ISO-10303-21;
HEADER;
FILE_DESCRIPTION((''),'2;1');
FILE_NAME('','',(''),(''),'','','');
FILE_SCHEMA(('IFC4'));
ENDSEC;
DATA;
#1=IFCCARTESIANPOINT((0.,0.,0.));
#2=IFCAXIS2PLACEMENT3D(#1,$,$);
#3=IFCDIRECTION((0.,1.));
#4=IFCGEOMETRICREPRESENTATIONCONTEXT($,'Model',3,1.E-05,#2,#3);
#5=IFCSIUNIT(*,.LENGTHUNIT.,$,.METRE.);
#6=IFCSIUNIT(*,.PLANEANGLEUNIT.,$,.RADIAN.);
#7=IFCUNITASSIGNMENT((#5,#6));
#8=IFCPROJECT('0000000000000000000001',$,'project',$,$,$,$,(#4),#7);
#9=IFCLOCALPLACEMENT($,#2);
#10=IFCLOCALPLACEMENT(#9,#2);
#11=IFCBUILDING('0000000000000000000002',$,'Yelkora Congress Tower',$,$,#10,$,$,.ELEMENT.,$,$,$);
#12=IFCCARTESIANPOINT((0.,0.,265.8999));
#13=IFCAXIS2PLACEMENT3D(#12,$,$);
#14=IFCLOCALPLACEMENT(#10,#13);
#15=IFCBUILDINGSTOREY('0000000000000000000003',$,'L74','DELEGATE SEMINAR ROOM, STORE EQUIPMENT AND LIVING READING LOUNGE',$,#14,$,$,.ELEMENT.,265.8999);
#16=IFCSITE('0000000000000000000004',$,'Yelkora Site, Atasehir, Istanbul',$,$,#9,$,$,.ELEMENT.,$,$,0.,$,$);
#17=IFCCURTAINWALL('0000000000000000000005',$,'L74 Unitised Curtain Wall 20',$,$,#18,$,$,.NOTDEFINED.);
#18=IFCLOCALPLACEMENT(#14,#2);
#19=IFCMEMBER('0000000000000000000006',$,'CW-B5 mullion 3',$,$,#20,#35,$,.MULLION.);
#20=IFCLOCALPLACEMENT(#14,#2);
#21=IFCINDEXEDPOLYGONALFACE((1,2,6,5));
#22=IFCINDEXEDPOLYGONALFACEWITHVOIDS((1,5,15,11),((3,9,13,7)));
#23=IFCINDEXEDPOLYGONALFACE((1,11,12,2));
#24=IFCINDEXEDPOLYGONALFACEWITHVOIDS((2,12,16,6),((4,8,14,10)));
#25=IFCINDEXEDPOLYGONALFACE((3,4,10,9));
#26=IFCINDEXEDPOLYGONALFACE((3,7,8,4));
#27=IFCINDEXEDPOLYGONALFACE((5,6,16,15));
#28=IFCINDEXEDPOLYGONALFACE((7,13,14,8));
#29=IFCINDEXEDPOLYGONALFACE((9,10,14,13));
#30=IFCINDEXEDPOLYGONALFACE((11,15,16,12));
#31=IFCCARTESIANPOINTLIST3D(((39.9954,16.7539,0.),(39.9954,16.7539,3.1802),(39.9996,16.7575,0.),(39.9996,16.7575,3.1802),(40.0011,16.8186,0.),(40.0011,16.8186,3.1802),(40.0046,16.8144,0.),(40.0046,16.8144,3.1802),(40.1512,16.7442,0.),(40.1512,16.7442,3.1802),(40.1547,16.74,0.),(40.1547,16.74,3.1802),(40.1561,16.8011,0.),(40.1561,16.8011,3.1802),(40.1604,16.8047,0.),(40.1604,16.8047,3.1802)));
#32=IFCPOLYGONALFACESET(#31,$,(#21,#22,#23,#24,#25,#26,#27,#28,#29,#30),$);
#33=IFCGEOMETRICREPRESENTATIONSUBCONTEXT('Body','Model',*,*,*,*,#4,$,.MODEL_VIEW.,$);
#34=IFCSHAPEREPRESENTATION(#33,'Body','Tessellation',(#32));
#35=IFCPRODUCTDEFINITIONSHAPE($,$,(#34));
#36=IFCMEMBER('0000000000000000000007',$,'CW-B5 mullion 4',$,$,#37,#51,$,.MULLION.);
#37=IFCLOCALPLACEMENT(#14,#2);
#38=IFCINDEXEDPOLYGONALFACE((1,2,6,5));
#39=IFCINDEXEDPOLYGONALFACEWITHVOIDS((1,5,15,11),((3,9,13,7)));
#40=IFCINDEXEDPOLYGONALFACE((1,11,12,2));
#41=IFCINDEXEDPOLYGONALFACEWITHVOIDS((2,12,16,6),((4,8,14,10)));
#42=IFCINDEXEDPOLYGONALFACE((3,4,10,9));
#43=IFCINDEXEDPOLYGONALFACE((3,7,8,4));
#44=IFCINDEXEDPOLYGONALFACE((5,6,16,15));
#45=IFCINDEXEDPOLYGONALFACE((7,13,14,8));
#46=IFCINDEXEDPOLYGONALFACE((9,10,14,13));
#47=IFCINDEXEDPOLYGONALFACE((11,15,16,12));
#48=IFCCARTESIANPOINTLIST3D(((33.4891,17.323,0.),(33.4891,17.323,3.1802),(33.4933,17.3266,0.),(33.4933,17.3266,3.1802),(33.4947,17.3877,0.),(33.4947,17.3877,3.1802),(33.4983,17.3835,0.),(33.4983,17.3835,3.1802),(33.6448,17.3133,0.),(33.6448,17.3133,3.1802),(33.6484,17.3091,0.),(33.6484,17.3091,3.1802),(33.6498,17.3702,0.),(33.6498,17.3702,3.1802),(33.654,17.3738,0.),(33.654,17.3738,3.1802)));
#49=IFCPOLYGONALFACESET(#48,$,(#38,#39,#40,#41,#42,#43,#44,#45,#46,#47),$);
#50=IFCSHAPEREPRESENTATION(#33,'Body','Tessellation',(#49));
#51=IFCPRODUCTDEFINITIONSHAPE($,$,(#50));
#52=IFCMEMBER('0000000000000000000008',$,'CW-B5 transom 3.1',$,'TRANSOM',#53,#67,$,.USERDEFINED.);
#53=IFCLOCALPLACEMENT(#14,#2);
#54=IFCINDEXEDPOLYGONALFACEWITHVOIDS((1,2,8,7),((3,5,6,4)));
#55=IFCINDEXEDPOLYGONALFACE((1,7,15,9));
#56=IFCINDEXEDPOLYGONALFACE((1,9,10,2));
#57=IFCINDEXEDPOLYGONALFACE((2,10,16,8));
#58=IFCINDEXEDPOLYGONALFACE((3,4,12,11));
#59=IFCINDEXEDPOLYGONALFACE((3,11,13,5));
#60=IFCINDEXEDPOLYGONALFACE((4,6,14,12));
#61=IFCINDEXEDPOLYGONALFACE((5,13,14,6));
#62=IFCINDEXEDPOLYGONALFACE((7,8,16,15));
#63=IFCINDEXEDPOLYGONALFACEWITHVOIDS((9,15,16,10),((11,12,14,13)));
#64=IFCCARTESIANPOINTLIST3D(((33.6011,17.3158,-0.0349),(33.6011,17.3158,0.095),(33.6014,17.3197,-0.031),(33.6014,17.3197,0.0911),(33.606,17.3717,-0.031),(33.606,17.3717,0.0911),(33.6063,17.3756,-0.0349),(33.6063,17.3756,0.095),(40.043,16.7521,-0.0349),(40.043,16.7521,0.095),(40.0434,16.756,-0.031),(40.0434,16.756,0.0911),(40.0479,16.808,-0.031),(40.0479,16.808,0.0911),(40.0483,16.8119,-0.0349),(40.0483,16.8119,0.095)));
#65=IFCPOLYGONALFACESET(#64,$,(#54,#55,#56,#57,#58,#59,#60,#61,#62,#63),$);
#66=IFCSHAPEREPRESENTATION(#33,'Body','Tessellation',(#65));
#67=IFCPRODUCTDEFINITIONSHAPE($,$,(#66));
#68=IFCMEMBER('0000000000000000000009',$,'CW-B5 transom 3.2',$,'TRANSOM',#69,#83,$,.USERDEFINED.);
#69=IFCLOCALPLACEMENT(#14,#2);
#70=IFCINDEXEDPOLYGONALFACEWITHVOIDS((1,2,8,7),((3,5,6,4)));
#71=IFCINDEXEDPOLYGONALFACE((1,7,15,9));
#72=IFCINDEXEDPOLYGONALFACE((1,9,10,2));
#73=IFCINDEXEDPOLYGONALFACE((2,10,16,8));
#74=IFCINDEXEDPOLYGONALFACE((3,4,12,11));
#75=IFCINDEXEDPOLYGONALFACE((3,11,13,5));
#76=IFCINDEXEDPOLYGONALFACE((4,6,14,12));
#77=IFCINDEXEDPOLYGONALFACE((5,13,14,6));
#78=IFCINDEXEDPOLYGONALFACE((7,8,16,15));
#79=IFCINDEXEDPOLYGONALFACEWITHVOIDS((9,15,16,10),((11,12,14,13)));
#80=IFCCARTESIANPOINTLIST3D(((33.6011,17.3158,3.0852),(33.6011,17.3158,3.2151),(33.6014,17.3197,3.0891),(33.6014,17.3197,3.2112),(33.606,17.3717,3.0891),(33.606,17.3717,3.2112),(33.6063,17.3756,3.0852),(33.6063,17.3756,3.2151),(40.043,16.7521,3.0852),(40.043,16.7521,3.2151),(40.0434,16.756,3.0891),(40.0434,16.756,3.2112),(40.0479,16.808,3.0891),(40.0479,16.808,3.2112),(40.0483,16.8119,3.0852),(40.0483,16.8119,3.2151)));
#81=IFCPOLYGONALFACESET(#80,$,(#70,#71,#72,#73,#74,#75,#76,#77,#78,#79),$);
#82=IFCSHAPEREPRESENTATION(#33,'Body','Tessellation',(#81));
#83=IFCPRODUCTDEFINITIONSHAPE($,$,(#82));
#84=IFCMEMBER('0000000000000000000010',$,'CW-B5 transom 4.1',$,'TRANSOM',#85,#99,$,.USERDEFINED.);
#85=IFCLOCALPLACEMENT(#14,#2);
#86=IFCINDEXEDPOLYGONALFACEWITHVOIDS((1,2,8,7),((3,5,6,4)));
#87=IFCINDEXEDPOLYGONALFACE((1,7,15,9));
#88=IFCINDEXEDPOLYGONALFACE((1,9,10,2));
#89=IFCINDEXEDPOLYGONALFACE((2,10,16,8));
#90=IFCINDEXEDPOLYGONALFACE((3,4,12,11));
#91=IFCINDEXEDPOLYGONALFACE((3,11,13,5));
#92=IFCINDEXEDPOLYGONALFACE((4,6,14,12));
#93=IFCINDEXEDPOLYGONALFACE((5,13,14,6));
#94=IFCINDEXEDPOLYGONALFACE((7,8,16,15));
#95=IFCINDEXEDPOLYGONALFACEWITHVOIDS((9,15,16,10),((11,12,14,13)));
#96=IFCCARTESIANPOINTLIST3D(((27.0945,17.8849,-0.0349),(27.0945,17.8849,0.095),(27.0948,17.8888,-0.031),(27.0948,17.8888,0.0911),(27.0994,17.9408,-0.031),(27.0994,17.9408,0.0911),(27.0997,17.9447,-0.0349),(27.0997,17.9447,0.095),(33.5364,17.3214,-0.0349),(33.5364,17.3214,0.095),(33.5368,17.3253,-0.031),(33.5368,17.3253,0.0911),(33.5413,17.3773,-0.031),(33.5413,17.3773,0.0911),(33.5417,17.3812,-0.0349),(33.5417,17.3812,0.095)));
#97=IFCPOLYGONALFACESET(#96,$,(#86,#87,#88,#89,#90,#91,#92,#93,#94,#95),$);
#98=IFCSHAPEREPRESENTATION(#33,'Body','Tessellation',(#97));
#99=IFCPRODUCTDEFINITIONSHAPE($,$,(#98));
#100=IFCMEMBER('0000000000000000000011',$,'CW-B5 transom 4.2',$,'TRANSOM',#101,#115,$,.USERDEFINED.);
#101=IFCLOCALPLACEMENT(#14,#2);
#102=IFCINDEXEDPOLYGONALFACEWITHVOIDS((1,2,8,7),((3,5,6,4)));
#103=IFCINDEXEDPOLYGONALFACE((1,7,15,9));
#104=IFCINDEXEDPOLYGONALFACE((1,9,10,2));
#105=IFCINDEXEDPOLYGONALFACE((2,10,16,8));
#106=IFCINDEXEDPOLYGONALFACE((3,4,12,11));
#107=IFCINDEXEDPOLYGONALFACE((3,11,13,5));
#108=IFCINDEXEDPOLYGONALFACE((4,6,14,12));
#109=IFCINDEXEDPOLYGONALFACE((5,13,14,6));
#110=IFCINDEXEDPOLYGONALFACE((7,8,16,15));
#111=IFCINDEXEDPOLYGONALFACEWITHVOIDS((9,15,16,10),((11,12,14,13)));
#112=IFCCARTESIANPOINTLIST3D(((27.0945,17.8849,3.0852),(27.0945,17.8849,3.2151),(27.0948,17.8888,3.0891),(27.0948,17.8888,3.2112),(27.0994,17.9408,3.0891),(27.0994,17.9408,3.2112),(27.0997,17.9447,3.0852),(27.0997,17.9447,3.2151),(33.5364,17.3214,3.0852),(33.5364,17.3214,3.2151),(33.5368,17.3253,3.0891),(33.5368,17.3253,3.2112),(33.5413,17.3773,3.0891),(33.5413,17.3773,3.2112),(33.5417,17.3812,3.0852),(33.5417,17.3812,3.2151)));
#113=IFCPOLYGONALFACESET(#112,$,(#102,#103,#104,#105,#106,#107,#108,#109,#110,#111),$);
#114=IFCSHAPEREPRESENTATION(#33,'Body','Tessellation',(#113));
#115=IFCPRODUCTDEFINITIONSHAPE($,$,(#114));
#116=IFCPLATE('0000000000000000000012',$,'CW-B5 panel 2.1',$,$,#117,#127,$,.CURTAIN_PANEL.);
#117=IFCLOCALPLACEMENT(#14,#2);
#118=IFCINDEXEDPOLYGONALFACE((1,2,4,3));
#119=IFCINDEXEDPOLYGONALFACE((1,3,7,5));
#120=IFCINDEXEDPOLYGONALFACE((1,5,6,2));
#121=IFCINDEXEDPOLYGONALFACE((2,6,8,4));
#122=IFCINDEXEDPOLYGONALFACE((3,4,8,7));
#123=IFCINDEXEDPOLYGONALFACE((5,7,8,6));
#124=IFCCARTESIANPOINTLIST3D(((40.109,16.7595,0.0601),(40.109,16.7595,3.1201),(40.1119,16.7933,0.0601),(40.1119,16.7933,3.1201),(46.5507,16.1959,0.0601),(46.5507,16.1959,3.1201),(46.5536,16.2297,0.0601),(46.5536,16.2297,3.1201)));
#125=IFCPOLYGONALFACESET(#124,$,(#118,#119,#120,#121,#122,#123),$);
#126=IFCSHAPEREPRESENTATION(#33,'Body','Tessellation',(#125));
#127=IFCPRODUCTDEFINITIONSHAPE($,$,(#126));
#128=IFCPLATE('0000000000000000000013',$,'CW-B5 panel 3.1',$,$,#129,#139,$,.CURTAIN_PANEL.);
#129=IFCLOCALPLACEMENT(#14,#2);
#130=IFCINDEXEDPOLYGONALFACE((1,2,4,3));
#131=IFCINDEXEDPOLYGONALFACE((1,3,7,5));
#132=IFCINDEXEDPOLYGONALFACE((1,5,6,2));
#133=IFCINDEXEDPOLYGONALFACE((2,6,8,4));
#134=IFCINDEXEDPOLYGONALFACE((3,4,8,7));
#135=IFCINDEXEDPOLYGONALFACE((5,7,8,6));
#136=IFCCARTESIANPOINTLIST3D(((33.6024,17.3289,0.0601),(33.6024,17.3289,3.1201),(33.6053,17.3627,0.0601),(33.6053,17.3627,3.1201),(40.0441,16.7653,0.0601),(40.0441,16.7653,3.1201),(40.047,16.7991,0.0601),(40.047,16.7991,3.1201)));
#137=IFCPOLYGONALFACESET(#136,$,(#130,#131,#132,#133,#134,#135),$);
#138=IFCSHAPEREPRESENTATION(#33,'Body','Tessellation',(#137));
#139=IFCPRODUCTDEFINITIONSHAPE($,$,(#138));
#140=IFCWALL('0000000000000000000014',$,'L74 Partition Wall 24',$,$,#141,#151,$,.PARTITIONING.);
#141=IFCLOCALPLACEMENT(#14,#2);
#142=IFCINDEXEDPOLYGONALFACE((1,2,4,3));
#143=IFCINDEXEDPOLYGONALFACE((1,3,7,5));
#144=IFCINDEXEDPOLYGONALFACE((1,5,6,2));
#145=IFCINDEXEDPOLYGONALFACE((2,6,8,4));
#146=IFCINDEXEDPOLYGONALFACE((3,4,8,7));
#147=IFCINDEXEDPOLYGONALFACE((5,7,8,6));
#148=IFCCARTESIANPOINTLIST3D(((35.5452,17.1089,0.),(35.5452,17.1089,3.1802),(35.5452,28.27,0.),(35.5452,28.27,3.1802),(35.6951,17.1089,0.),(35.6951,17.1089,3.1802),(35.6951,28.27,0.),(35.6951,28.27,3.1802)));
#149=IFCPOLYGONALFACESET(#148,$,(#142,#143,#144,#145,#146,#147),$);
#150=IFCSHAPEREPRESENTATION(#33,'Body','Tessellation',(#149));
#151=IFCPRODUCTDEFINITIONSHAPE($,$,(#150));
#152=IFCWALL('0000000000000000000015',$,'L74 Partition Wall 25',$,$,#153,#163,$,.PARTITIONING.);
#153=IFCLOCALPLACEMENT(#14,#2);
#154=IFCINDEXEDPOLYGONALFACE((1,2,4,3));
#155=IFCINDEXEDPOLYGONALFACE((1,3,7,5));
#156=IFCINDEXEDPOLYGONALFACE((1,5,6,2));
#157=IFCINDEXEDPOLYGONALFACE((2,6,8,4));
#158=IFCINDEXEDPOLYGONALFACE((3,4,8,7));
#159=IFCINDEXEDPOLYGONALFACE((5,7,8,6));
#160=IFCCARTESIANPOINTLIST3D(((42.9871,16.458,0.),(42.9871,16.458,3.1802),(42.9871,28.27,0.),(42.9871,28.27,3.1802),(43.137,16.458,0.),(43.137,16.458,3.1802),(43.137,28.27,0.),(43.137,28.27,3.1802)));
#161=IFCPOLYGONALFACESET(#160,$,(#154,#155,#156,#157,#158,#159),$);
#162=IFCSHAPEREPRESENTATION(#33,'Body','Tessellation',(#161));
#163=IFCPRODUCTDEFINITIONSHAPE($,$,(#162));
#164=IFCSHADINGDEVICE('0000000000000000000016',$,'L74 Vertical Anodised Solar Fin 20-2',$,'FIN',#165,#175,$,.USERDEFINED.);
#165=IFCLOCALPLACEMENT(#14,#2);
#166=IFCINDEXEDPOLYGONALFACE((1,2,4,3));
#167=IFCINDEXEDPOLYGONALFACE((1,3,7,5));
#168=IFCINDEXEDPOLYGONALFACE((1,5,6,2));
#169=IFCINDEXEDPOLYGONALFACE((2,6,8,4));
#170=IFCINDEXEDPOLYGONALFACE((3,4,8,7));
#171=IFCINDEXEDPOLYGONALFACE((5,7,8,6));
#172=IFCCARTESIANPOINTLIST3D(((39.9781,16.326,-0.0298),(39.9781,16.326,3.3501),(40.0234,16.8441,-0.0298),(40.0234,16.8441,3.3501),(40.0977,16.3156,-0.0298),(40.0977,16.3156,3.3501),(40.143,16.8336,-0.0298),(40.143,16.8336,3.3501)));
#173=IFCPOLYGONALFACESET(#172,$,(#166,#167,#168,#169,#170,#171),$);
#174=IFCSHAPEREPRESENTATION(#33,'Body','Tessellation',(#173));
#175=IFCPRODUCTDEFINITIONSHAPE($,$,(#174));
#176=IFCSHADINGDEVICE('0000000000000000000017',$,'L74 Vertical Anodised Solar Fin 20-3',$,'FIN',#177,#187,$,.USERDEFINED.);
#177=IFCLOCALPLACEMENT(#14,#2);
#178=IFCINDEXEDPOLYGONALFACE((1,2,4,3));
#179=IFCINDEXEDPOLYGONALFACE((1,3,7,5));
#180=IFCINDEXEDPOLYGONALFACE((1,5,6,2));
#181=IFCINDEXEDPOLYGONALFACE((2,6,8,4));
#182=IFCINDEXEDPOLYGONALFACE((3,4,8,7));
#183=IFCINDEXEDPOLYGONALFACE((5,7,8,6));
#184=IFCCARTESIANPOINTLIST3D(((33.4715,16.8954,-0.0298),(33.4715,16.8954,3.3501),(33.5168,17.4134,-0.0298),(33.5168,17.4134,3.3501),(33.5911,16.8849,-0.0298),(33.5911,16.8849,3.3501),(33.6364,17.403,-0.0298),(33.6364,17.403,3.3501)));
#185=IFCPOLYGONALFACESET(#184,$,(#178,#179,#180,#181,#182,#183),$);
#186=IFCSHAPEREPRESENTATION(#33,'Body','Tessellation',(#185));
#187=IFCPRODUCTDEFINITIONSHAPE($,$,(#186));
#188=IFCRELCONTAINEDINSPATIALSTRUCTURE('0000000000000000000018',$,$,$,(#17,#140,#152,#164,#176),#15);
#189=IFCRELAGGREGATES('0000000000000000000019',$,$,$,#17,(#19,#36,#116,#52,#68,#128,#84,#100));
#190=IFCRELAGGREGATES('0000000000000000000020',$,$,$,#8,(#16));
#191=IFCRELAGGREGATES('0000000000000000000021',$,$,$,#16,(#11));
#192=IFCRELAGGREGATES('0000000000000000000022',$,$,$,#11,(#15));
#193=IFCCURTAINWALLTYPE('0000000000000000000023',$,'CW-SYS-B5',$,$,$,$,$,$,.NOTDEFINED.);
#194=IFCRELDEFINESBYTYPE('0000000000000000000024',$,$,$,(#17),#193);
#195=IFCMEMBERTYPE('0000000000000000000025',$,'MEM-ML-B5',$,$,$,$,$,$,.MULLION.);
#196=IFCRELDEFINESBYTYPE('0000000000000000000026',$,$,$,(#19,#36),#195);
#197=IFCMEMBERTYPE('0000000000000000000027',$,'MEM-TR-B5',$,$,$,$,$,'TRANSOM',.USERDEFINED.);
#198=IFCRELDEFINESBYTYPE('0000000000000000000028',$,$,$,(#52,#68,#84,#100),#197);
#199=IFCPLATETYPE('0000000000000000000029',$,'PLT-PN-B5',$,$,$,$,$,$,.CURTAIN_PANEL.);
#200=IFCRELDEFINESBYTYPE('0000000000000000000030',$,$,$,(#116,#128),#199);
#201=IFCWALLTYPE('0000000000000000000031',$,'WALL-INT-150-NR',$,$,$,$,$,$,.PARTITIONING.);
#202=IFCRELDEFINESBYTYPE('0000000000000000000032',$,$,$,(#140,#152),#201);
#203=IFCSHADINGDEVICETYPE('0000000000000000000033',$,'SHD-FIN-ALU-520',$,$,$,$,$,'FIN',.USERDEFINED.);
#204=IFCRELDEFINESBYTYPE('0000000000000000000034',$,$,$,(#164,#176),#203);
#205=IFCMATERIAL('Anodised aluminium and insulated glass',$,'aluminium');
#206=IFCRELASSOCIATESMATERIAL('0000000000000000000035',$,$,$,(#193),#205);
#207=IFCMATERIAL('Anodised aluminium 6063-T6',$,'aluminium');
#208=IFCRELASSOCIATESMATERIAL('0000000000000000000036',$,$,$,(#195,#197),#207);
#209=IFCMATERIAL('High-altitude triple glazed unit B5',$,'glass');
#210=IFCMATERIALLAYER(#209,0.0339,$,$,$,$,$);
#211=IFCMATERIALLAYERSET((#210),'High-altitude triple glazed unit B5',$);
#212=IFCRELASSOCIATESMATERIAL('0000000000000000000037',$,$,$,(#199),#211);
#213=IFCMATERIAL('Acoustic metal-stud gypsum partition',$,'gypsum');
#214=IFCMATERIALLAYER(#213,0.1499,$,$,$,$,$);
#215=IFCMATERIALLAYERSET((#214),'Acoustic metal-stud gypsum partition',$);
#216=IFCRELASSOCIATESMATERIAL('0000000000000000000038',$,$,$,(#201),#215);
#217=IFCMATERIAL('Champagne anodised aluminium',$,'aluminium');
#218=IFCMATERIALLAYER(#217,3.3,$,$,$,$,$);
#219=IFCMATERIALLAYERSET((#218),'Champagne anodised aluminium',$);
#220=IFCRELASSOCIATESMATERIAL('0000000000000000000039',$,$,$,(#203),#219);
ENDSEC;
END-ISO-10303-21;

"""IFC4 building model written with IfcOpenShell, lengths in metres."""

from ifc_helpers import new_model, si_unit, direction, frame, frame_2d, origin, origin_2d, place, context, subcontext, project, spatial, rectangle, hollow_rectangle, extrude, material, layer, layer_set, material_profile, profile_set, type_object, element, aggregate, save


model = new_model("IFC4")

# Units and contexts
model_context = context("Model", 3, precision=1e-05, world=origin(), true_north=direction((0.0, 1.0)))
body_context = subcontext(model_context, "Body", "Model", "MODEL_VIEW")
ifc_project = project(units=[si_unit("LENGTHUNIT", "METRE"), si_unit("PLANEANGLEUNIT", "RADIAN")], contexts=[model_context])

# Site, building, storey
site_placement = place(None, origin())
site = spatial("IfcSite", under=ifc_project, at=site_placement, Name="Yelkora Site, Atasehir, Istanbul", CompositionType="ELEMENT", RefElevation=0.0)
building_placement = place(site_placement, origin())
building = spatial("IfcBuilding", under=site, at=building_placement, Name="Yelkora Congress Tower", CompositionType="ELEMENT")
storey_placement = place(building_placement, frame((0.0, 0.0, 265.8999)))
storey = spatial("IfcBuildingStorey", under=building, at=storey_placement, Name="L74", Description="DELEGATE SEMINAR ROOM, STORE EQUIPMENT AND LIVING READING LOUNGE", CompositionType="ELEMENT", Elevation=265.8999)

# Curtain wall, members, plates
ifc_material_1 = material(Name="Anodised aluminium and insulated glass", Category="aluminium")
curtain_wall_type = type_object("IfcCurtainWallType", Name="CW-SYS-B5", PredefinedType="NOTDEFINED", material=ifc_material_1)
curtain_wall_placement = place(storey_placement, origin())
curtain_wall = element("IfcCurtainWall", 1, at=curtain_wall_placement, inside=storey, type_object=curtain_wall_type, Name="L74 Unitised Curtain Wall 20", PredefinedType="NOTDEFINED")
ifc_material_2 = material(Name="Anodised aluminium 6063-T6", Category="aluminium")
ifc_material_profile_1 = material_profile(ifc_material_2, hollow_rectangle(XDim=0.0649, YDim=0.1599, WallThickness=0.0039, at=origin_2d()), Name="ALU 65x160x4")
ifc_profile_set_1 = profile_set([ifc_material_profile_1], Name="Anodised aluminium 6063-T6")
member_type_1 = type_object("IfcMemberType", Name="MEM-ML-B5", PredefinedType="MULLION", material=ifc_profile_set_1)
member_1_placement = place(storey_placement, frame((40.0779, 16.7793, 0.0), z_axis=(0.0, 0.0, 1.0), x_axis=(-0.087157, -0.996195, 0.0)))
member_1 = element("IfcMember", 2, at=member_1_placement, type_object=member_type_1, Name="CW-B5 mullion 3", PredefinedType="MULLION", context=body_context, shape_type="SweptSolid", body=[
    extrude(hollow_rectangle(XDim=0.0649, YDim=0.1599, WallThickness=0.0039, at=origin_2d()), origin(), (0.0, 0.0, 1.0), 3.1802),
])
member_2_placement = place(storey_placement, frame((33.5715, 17.3484, 0.0), z_axis=(0.0, 0.0, 1.0), x_axis=(-0.087157, -0.996195, 0.0)))
member_2 = element("IfcMember", 3, at=member_2_placement, type_object=member_type_1, Name="CW-B5 mullion 4", PredefinedType="MULLION", context=body_context, shape_type="SweptSolid", body=[
    extrude(hollow_rectangle(XDim=0.0649, YDim=0.1599, WallThickness=0.0039, at=origin_2d()), origin(), (0.0, 0.0, 1.0), 3.1802),
])
ifc_material_profile_2 = material_profile(ifc_material_2, hollow_rectangle(XDim=0.0601, YDim=0.1299, WallThickness=0.0039, at=origin_2d()), Name="ALU 60x130x4")
ifc_profile_set_2 = profile_set([ifc_material_profile_2], Name="Anodised aluminium 6063-T6")
member_type_2 = type_object("IfcMemberType", Name="MEM-TR-B5", ElementType="TRANSOM", PredefinedType="USERDEFINED", material=ifc_profile_set_2)
member_3_placement = place(storey_placement, frame((40.0457, 16.782, 0.03), z_axis=(-0.996193, 0.087175, 0.0), x_axis=(-0.087175, -0.996193, 0.0)))
member_3 = element("IfcMember", 4, at=member_3_placement, type_object=member_type_2, Name="CW-B5 transom 3.1", ObjectType="TRANSOM", PredefinedType="USERDEFINED", context=body_context, shape_type="SweptSolid", body=[
    extrude(hollow_rectangle(XDim=0.0601, YDim=0.1299, WallThickness=0.0039, at=origin_2d()), origin(), (0.0, 0.0, 1.0), 6.4666),
])
member_4_placement = place(storey_placement, frame((40.0457, 16.782, 3.1501), z_axis=(-0.996193, 0.087175, 0.0), x_axis=(-0.087175, -0.996193, 0.0)))
member_4 = element("IfcMember", 5, at=member_4_placement, type_object=member_type_2, Name="CW-B5 transom 3.2", ObjectType="TRANSOM", PredefinedType="USERDEFINED", context=body_context, shape_type="SweptSolid", body=[
    extrude(hollow_rectangle(XDim=0.0601, YDim=0.1299, WallThickness=0.0039, at=origin_2d()), origin(), (0.0, 0.0, 1.0), 6.4666),
])
member_5_placement = place(storey_placement, frame((33.5391, 17.3513, 0.03), z_axis=(-0.996196, 0.087138, 0.0), x_axis=(-0.087138, -0.996196, 0.0)))
member_5 = element("IfcMember", 6, at=member_5_placement, type_object=member_type_2, Name="CW-B5 transom 4.1", ObjectType="TRANSOM", PredefinedType="USERDEFINED", context=body_context, shape_type="SweptSolid", body=[
    extrude(hollow_rectangle(XDim=0.0601, YDim=0.1299, WallThickness=0.0039, at=origin_2d()), origin(), (0.0, 0.0, 1.0), 6.4666),
])
member_6_placement = place(storey_placement, frame((33.5391, 17.3513, 3.1501), z_axis=(-0.996196, 0.087138, 0.0), x_axis=(-0.087138, -0.996196, 0.0)))
member_6 = element("IfcMember", 7, at=member_6_placement, type_object=member_type_2, Name="CW-B5 transom 4.2", ObjectType="TRANSOM", PredefinedType="USERDEFINED", context=body_context, shape_type="SweptSolid", body=[
    extrude(hollow_rectangle(XDim=0.0601, YDim=0.1299, WallThickness=0.0039, at=origin_2d()), origin(), (0.0, 0.0, 1.0), 6.4666),
])
ifc_material_3 = material(Name="High-altitude triple glazed unit B5", Category="glass")
ifc_layer_1 = layer(ifc_material_3, 0.0339)
ifc_layer_set_1 = layer_set([ifc_layer_1], Name="High-altitude triple glazed unit B5")
plate_type = type_object("IfcPlateType", Name="PLT-PN-B5", PredefinedType="CURTAIN_PANEL", material=ifc_layer_set_1)
plate_1_placement = place(storey_placement, frame((43.3313, 16.4946, 0.0601), z_axis=(0.0, 0.0, 1.0), x_axis=(-0.996195, 0.087157, 0.0)))
plate_1 = element("IfcPlate", 8, at=plate_1_placement, type_object=plate_type, Name="CW-B5 panel 2.1", PredefinedType="CURTAIN_PANEL", context=body_context, shape_type="SweptSolid", body=[
    extrude(rectangle(XDim=6.4663, YDim=0.0339, at=origin_2d()), origin(), (0.0, 0.0, 1.0), 3.0601),
])
plate_2_placement = place(storey_placement, frame((36.8247, 17.064, 0.0601), z_axis=(0.0, 0.0, 1.0), x_axis=(-0.996195, 0.087157, 0.0)))
plate_2 = element("IfcPlate", 9, at=plate_2_placement, type_object=plate_type, Name="CW-B5 panel 3.1", PredefinedType="CURTAIN_PANEL", context=body_context, shape_type="SweptSolid", body=[
    extrude(rectangle(XDim=6.4663, YDim=0.0339, at=origin_2d()), origin(), (0.0, 0.0, 1.0), 3.0601),
])
aggregate(curtain_wall, [member_1, member_2, plate_1, member_3, member_4, plate_2, member_5, member_6])

# Walls
ifc_material_4 = material(Name="Acoustic metal-stud gypsum partition", Category="gypsum")
ifc_layer_2 = layer(ifc_material_4, 0.1499)
ifc_layer_set_2 = layer_set([ifc_layer_2], Name="Acoustic metal-stud gypsum partition")
wall_type = type_object("IfcWallType", Name="WALL-INT-150-NR", PredefinedType="PARTITIONING", material=ifc_layer_set_2)
wall_1_placement = place(storey_placement, frame((35.6201, 17.1089, 0.0), z_axis=(0.0, 0.0, 1.0), x_axis=(0.0, 1.0, 0.0)))
element("IfcWall", 10, at=wall_1_placement, inside=storey, type_object=wall_type, Name="L74 Partition Wall 24", PredefinedType="PARTITIONING", context=body_context, shape_type="SweptSolid", body=[
    extrude(rectangle(XDim=11.1611, YDim=0.1499, at=frame_2d((5.5806, 0.0))), origin(), (0.0, 0.0, 1.0), 3.1802),
])
wall_2_placement = place(storey_placement, frame((43.062, 16.458, 0.0), z_axis=(0.0, 0.0, 1.0), x_axis=(0.0, 1.0, 0.0)))
element("IfcWall", 11, at=wall_2_placement, inside=storey, type_object=wall_type, Name="L74 Partition Wall 25", PredefinedType="PARTITIONING", context=body_context, shape_type="SweptSolid", body=[
    extrude(rectangle(XDim=11.812, YDim=0.1499, at=frame_2d((5.906, 0.0))), origin(), (0.0, 0.0, 1.0), 3.1802),
])

# Shading devices
ifc_material_5 = material(Name="Champagne anodised aluminium", Category="aluminium")
ifc_layer_3 = layer(ifc_material_5, 3.3)
ifc_layer_set_3 = layer_set([ifc_layer_3], Name="Champagne anodised aluminium")
shading_device_type = type_object("IfcShadingDeviceType", Name="SHD-FIN-ALU-520", ElementType="FIN", PredefinedType="USERDEFINED", material=ifc_layer_set_3)
for number, where, z_axis, x_axis, name in (
    (12, (40.0605, 16.5798, -0.0298), (0.0, 0.0, 1.0), (-0.996195, 0.087156, 0.0), "L74 Vertical Anodised Solar Fin 20-2"),
    (13, (33.554, 17.1492, -0.0298), (0.0, 0.0, 1.0), (-0.996195, 0.087156, 0.0), "L74 Vertical Anodised Solar Fin 20-3"),
):
    element("IfcShadingDevice", number, at=place(storey_placement, frame(where, z_axis=z_axis, x_axis=x_axis)), inside=storey, type_object=shading_device_type, Name=name, ObjectType="FIN", PredefinedType="USERDEFINED", context=body_context, shape_type="SweptSolid", body=[
        extrude(rectangle(XDim=0.1201, YDim=0.52, at=origin_2d()), origin(), (0.0, 0.0, 1.0), 3.3799),
    ])

save(model, "model.ifc")
